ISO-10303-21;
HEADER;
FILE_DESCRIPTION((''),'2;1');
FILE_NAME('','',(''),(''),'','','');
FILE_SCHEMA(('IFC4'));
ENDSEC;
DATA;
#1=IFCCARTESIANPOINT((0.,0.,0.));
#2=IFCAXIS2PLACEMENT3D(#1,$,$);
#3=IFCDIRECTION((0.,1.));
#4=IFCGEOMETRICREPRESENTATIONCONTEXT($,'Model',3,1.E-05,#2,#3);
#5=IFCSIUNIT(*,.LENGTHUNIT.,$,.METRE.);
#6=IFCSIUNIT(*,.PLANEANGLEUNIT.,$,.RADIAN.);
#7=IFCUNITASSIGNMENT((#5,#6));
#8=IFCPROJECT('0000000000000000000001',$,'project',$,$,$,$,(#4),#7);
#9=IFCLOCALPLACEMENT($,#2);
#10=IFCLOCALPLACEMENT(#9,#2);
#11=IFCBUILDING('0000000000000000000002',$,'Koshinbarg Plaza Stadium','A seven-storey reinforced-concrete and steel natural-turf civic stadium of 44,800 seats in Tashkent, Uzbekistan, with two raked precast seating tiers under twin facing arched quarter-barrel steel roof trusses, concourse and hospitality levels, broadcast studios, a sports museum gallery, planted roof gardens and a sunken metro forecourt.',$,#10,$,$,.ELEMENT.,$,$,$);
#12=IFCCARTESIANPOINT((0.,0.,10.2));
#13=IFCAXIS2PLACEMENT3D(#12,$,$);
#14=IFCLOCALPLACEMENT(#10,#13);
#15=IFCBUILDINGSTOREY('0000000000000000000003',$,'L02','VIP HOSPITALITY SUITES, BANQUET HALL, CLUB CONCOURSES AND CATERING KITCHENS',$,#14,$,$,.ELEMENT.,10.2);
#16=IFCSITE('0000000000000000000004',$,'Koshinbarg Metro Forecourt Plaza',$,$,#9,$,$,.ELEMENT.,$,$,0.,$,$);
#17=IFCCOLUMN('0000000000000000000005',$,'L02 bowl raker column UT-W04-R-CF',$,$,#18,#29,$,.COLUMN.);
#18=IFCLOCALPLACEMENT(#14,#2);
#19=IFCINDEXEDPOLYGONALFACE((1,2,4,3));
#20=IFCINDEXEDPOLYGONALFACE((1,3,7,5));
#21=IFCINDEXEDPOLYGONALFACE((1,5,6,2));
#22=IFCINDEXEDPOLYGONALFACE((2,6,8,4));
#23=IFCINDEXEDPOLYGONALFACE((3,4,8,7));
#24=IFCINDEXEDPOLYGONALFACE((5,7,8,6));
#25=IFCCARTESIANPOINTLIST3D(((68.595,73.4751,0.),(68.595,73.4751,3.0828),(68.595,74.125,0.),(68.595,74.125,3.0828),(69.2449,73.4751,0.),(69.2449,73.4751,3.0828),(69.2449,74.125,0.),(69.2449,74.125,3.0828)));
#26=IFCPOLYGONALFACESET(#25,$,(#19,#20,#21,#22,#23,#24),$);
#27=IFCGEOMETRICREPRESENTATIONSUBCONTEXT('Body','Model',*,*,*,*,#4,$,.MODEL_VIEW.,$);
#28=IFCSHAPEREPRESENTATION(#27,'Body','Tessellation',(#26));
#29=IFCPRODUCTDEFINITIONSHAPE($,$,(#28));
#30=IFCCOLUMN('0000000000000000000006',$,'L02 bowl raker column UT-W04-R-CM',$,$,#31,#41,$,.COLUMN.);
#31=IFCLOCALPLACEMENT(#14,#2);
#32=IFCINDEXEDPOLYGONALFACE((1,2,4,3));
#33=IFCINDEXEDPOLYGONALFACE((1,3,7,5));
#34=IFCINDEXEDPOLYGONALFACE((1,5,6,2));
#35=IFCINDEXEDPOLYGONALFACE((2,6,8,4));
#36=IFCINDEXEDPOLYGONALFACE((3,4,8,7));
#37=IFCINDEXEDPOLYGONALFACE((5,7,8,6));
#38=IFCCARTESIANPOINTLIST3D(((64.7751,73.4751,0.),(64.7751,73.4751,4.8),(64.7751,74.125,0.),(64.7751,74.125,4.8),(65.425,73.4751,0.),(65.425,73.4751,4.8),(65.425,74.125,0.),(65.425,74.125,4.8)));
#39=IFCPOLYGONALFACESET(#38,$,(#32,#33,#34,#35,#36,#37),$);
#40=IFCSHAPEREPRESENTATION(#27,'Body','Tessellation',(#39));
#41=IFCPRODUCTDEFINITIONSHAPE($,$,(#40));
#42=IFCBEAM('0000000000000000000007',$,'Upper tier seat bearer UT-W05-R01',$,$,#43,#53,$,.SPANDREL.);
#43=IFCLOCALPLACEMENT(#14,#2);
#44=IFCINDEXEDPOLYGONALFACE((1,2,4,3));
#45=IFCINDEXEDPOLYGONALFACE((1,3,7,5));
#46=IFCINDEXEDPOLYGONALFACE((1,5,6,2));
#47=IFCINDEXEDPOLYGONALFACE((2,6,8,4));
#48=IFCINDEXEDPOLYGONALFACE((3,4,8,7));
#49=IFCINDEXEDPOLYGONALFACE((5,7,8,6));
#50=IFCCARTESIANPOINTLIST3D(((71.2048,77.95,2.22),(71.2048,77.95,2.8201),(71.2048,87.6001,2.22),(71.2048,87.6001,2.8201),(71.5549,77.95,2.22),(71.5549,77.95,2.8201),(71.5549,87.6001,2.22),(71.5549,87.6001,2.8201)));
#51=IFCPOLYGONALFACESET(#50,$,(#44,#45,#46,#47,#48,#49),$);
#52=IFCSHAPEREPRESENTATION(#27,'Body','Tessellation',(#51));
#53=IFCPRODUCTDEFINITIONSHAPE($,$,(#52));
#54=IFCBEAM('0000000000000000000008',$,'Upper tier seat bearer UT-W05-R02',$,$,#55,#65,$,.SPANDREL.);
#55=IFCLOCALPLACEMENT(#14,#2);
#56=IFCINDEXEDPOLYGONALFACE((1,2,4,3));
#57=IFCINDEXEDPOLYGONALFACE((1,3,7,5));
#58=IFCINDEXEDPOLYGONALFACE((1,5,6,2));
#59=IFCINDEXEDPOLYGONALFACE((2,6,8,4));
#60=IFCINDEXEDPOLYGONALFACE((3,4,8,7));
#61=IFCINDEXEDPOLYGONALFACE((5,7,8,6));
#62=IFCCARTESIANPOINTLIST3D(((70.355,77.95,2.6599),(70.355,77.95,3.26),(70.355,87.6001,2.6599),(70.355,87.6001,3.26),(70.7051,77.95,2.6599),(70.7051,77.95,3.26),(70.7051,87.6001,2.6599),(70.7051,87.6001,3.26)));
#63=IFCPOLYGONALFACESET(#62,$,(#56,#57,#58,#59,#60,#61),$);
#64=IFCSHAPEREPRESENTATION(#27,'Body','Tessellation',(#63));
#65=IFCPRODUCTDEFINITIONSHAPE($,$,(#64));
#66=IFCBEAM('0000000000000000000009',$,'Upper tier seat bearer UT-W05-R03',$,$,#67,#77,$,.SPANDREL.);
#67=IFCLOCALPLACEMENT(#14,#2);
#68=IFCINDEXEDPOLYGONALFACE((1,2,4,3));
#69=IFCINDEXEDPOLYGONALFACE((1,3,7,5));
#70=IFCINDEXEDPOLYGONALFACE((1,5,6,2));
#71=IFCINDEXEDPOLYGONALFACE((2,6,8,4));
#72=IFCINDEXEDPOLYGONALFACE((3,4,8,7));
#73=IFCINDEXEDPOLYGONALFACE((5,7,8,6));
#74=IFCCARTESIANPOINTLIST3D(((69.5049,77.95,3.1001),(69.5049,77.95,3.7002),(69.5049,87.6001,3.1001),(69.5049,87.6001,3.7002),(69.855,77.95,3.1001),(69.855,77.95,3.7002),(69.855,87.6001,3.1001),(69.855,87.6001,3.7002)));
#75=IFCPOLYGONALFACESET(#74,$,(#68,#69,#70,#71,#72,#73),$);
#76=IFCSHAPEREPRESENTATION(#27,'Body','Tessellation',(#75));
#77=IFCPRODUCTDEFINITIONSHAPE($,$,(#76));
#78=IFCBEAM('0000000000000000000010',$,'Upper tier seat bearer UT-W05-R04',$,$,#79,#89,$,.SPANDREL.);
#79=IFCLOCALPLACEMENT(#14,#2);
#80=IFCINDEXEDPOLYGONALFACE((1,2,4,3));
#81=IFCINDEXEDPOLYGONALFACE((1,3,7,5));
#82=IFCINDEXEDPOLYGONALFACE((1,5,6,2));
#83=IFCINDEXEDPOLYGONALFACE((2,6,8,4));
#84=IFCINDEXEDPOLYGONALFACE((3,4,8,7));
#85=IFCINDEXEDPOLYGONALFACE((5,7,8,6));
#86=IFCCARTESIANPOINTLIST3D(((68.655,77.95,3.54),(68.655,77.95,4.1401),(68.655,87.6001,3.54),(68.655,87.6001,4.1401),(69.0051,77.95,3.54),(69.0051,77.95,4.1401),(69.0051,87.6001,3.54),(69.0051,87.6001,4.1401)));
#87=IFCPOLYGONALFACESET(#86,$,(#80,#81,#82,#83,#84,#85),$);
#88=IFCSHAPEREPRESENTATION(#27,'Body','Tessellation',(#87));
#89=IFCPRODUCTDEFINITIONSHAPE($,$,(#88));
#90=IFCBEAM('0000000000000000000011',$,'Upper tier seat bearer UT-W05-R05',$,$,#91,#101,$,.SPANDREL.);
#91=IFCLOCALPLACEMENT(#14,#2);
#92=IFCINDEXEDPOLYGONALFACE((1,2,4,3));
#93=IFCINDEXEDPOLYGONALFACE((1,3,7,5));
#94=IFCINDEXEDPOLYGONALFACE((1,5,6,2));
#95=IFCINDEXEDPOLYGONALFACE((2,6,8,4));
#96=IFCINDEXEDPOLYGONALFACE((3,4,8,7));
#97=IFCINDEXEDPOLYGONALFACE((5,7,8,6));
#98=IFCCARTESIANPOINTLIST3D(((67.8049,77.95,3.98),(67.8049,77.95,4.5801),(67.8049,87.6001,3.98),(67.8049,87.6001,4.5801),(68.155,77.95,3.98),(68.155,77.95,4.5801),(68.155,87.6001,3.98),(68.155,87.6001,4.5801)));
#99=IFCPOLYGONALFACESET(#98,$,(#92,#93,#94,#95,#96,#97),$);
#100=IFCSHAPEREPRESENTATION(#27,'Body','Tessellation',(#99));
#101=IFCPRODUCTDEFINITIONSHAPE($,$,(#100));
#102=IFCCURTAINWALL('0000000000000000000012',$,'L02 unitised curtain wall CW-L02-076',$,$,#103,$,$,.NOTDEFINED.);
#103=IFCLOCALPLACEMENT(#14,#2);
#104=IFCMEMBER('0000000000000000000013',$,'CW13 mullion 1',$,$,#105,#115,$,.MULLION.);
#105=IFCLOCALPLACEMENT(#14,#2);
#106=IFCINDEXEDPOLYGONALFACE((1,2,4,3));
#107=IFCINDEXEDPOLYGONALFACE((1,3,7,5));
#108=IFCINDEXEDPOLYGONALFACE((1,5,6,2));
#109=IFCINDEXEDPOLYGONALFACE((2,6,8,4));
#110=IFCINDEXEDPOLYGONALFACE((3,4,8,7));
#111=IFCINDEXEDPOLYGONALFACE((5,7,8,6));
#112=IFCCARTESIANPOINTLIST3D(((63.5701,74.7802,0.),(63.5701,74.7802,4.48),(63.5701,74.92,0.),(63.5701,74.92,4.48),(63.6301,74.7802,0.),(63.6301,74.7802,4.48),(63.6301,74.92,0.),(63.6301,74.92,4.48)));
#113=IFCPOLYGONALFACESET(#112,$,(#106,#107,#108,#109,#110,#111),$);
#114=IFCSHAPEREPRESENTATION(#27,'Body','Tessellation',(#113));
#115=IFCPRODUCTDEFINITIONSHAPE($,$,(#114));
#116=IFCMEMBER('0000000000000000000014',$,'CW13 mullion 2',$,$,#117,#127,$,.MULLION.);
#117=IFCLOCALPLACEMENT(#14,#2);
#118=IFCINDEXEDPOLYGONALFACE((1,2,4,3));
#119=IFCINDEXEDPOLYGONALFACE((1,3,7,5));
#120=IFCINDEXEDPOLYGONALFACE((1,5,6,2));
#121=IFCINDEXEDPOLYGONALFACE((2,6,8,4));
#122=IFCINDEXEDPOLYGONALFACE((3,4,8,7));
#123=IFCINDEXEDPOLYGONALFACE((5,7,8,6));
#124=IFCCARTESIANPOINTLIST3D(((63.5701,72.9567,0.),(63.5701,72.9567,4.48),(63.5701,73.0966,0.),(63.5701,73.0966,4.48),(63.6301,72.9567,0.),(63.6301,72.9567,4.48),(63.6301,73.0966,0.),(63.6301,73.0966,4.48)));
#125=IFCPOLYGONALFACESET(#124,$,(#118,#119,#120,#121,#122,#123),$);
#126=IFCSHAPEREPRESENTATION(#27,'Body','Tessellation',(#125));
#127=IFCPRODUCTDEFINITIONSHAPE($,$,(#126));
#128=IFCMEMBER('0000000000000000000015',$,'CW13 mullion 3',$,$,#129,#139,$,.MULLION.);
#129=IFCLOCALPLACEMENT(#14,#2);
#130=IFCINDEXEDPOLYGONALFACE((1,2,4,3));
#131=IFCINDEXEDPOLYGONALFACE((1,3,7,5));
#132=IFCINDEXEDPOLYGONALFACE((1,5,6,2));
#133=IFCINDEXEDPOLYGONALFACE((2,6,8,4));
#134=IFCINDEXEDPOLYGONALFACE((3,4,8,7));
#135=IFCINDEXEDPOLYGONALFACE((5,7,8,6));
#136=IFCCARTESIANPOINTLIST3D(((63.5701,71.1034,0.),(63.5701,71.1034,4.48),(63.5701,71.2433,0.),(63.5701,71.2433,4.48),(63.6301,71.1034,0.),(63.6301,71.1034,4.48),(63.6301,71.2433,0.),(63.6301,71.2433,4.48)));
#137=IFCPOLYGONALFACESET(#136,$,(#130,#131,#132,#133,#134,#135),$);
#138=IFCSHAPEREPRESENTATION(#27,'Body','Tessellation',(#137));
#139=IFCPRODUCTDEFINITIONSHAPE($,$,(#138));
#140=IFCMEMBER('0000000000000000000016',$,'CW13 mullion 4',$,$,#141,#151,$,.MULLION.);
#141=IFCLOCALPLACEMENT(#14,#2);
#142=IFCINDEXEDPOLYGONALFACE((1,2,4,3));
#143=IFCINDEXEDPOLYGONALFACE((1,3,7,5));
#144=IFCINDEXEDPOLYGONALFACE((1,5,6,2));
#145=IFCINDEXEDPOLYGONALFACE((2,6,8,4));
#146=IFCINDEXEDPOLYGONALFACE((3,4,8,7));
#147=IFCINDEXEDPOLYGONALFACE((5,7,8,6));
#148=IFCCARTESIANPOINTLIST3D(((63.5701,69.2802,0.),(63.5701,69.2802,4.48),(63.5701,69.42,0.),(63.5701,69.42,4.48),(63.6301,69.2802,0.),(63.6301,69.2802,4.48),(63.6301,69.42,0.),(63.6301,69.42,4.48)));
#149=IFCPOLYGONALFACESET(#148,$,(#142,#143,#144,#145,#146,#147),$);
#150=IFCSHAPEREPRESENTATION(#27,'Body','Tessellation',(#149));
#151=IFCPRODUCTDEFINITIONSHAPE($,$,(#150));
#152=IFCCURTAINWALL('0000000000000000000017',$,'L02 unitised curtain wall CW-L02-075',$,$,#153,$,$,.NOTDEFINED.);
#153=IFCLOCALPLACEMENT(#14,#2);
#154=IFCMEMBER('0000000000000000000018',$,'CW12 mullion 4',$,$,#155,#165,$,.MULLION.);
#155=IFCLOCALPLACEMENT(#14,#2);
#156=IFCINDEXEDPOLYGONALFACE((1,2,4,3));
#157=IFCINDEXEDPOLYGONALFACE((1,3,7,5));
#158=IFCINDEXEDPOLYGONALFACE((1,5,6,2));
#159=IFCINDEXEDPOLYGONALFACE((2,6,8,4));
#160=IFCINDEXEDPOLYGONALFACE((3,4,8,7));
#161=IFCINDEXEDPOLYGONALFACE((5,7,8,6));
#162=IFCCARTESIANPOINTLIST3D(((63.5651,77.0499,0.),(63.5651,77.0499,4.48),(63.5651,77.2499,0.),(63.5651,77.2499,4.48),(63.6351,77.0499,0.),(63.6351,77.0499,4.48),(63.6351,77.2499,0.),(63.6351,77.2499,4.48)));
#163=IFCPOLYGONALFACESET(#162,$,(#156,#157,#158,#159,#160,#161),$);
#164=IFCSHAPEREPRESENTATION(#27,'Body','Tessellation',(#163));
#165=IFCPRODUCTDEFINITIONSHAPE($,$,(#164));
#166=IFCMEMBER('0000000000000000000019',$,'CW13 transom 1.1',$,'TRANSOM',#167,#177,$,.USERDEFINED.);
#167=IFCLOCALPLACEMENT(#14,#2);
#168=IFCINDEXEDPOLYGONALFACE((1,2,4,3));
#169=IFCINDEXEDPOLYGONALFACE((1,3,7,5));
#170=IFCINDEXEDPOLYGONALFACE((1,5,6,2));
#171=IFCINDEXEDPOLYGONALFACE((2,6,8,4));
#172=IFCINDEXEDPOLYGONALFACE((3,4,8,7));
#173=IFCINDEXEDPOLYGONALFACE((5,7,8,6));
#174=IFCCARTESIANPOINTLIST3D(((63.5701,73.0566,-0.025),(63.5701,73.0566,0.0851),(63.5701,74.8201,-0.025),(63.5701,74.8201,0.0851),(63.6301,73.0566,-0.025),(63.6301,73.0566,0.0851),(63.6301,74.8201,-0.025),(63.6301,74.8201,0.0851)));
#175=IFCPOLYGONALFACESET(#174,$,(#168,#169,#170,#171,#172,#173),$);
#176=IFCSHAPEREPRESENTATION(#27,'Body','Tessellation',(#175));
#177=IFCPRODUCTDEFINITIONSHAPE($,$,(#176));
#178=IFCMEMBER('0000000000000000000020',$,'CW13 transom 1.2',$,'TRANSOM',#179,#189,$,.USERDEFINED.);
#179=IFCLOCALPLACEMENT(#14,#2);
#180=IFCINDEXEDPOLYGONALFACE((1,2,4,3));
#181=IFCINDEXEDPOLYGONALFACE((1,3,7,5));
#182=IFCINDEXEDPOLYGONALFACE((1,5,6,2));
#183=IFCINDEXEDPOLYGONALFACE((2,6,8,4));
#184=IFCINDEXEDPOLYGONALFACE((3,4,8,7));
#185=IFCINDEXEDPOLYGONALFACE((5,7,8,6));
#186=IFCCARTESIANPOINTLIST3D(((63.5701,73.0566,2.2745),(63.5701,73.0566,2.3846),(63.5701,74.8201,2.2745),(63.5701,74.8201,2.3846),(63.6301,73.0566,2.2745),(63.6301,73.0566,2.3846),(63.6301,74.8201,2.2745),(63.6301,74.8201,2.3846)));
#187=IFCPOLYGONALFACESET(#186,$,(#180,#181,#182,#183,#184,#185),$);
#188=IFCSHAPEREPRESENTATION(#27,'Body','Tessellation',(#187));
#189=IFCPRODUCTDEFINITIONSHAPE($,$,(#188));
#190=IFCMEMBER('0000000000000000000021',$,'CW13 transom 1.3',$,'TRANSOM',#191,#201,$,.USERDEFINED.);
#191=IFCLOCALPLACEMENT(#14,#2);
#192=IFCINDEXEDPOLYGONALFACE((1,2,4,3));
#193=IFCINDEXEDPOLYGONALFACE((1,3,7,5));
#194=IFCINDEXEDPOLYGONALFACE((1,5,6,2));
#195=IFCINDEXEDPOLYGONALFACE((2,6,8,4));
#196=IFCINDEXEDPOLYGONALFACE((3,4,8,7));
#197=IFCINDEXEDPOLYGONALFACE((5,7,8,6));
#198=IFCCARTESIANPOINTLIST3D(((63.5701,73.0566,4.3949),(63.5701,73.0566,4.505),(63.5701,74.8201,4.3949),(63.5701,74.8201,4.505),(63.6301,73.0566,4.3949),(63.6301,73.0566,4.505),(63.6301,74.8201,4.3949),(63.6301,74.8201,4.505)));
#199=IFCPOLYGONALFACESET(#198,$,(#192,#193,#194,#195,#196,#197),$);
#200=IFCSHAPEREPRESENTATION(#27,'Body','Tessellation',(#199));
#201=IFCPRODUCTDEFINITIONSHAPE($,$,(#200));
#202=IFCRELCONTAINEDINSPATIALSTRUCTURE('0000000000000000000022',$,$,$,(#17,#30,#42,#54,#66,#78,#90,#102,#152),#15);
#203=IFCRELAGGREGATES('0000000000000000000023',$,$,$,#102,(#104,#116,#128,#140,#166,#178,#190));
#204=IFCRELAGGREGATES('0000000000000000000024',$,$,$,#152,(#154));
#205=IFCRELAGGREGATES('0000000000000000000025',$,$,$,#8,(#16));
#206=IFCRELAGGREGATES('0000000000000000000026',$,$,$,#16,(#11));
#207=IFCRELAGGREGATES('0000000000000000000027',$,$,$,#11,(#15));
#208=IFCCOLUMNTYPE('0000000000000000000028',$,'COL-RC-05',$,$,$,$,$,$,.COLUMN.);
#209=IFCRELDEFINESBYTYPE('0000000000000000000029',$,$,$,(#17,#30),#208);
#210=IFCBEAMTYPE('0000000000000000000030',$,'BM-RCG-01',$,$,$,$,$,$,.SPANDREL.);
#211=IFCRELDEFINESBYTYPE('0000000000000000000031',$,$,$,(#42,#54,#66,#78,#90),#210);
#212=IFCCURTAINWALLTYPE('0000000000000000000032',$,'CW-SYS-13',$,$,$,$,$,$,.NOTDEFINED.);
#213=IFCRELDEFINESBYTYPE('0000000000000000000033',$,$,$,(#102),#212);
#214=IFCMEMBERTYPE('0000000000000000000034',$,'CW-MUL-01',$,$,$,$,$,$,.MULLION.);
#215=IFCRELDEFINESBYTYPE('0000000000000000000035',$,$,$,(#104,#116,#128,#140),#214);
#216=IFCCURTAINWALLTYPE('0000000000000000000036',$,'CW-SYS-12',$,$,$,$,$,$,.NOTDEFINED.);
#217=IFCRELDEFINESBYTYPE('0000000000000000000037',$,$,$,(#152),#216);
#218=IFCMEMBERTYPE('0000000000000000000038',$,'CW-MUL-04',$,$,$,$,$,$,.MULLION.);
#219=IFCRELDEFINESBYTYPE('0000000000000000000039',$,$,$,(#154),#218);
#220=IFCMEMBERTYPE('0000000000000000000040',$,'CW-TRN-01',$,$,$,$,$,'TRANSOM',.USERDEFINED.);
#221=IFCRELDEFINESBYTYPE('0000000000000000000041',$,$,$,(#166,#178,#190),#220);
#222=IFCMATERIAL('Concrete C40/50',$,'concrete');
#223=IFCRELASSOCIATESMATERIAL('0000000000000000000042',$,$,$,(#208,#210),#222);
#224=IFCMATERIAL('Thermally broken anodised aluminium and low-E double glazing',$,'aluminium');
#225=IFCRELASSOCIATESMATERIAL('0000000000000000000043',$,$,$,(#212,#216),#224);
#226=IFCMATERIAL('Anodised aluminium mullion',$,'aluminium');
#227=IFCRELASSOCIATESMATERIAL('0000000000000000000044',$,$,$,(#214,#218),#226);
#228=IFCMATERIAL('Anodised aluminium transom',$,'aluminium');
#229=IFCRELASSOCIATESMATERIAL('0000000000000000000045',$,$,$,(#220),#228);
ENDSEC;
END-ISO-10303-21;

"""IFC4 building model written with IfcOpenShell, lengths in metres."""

from ifc_helpers import new_model, si_unit, direction, frame, origin, origin_2d, place, context, subcontext, project, spatial, rectangle, extrude, material, material_profile, profile_set, type_object, element, aggregate, save


model = new_model("IFC4")

# Units and contexts
model_context = context("Model", 3, precision=1e-05, world=origin(), true_north=direction((0.0, 1.0)))
body_context = subcontext(model_context, "Body", "Model", "MODEL_VIEW")
ifc_project = project(units=[si_unit("LENGTHUNIT", "METRE"), si_unit("PLANEANGLEUNIT", "RADIAN")], contexts=[model_context])

# Site, building, storey
site_placement = place(None, origin())
site = spatial("IfcSite", under=ifc_project, at=site_placement, Name="Koshinbarg Metro Forecourt Plaza", CompositionType="ELEMENT", RefElevation=0.0)
building_placement = place(site_placement, origin())
building = spatial("IfcBuilding", under=site, at=building_placement, Name="Koshinbarg Plaza Stadium", Description="A seven-storey reinforced-concrete and steel natural-turf civic stadium of 44,800 seats in Tashkent, Uzbekistan, with two raked precast seating tiers under twin facing arched quarter-barrel steel roof trusses, concourse and hospitality levels, broadcast studios, a sports museum gallery, planted roof gardens and a sunken metro forecourt.", CompositionType="ELEMENT")
storey_placement = place(building_placement, frame((0.0, 0.0, 10.2)))
storey = spatial("IfcBuildingStorey", under=building, at=storey_placement, Name="L02", Description="VIP HOSPITALITY SUITES, BANQUET HALL, CLUB CONCOURSES AND CATERING KITCHENS", CompositionType="ELEMENT", Elevation=10.2)

# Columns
ifc_material_1 = material(Name="Concrete C40/50", Category="concrete")
ifc_material_profile_1 = material_profile(ifc_material_1, rectangle(XDim=0.6499, YDim=0.6499, at=origin_2d()), Name="RC 650x650")
ifc_profile_set_1 = profile_set([ifc_material_profile_1], Name="Concrete C40/50")
column_type = type_object("IfcColumnType", Name="COL-RC-05", PredefinedType="COLUMN", material=ifc_profile_set_1)
column_1_placement = place(storey_placement, frame((68.9199, 73.8, 0.0), z_axis=(0.0, 0.0, 1.0), x_axis=(1.0, 0.0, 0.0)))
element("IfcColumn", 1, at=column_1_placement, inside=storey, type_object=column_type, Name="L02 bowl raker column UT-W04-R-CF", PredefinedType="COLUMN", context=body_context, shape_type="SweptSolid", body=[
    extrude(rectangle(XDim=0.6499, YDim=0.6499, at=origin_2d()), origin(), (0.0, 0.0, 1.0), 3.0828),
])
column_2_placement = place(storey_placement, frame((65.1001, 73.8, 0.0), z_axis=(0.0, 0.0, 1.0), x_axis=(1.0, 0.0, 0.0)))
element("IfcColumn", 2, at=column_2_placement, inside=storey, type_object=column_type, Name="L02 bowl raker column UT-W04-R-CM", PredefinedType="COLUMN", context=body_context, shape_type="SweptSolid", body=[
    extrude(rectangle(XDim=0.6499, YDim=0.6499, at=origin_2d()), origin(), (0.0, 0.0, 1.0), 4.8),
])

# Beams
ifc_material_profile_2 = material_profile(ifc_material_1, rectangle(XDim=0.3501, YDim=0.6001, at=origin_2d()), Name="RC 350x600")
ifc_profile_set_2 = profile_set([ifc_material_profile_2], Name="Concrete C40/50")
beam_type = type_object("IfcBeamType", Name="BM-RCG-01", PredefinedType="SPANDREL", material=ifc_profile_set_2)
for number, where, z_axis, x_axis, name in (
    (3, (71.3799, 77.95, 2.52), (0.0, 1.0, 0.0), (-1.0, 0.0, 0.0), "Upper tier seat bearer UT-W05-R01"),
    (4, (70.53, 77.95, 2.96), (0.0, 1.0, 0.0), (-1.0, 0.0, 0.0), "Upper tier seat bearer UT-W05-R02"),
    (5, (69.6799, 77.95, 3.4001), (0.0, 1.0, 0.0), (-1.0, 0.0, 0.0), "Upper tier seat bearer UT-W05-R03"),
    (6, (68.8301, 77.95, 3.8401), (0.0, 1.0, 0.0), (-1.0, 0.0, 0.0), "Upper tier seat bearer UT-W05-R04"),
    (7, (67.98, 77.95, 4.28), (0.0, 1.0, 0.0), (-1.0, 0.0, 0.0), "Upper tier seat bearer UT-W05-R05"),
):
    element("IfcBeam", number, at=place(storey_placement, frame(where, z_axis=z_axis, x_axis=x_axis)), inside=storey, type_object=beam_type, Name=name, PredefinedType="SPANDREL", context=body_context, shape_type="SweptSolid", body=[
        extrude(rectangle(XDim=0.3501, YDim=0.6001, at=origin_2d()), origin(), (0.0, 0.0, 1.0), 9.6501),
    ])

# Curtain wall, members
ifc_material_2 = material(Name="Thermally broken anodised aluminium and low-E double glazing", Category="aluminium")
curtain_wall_type_1 = type_object("IfcCurtainWallType", Name="CW-SYS-13", PredefinedType="NOTDEFINED", material=ifc_material_2)
curtain_wall_1_placement = place(storey_placement, origin())
curtain_wall_1 = element("IfcCurtainWall", 8, at=curtain_wall_1_placement, inside=storey, type_object=curtain_wall_type_1, Name="L02 unitised curtain wall CW-L02-076", PredefinedType="NOTDEFINED")
ifc_material_3 = material(Name="Anodised aluminium mullion", Category="aluminium")
ifc_material_profile_3 = material_profile(ifc_material_3, rectangle(XDim=0.0601, YDim=0.1399, at=origin_2d()), Name="ALU 60x140")
ifc_profile_set_3 = profile_set([ifc_material_profile_3], Name="Anodised aluminium mullion")
member_type_1 = type_object("IfcMemberType", Name="CW-MUL-01", PredefinedType="MULLION", material=ifc_profile_set_3)
member_1_placement = place(storey_placement, frame((63.6001, 74.8501, 0.0), z_axis=(0.0, 0.0, 1.0), x_axis=(1.0, 0.0, 0.0)))
member_1 = element("IfcMember", 9, at=member_1_placement, type_object=member_type_1, Name="CW13 mullion 1", PredefinedType="MULLION", context=body_context, shape_type="SweptSolid", body=[
    extrude(rectangle(XDim=0.0601, YDim=0.1399, at=origin_2d()), origin(), (0.0, 0.0, 1.0), 4.48),
])
member_2_placement = place(storey_placement, frame((63.6001, 73.0266, 0.0), z_axis=(0.0, 0.0, 1.0), x_axis=(1.0, 0.0, 0.0)))
member_2 = element("IfcMember", 10, at=member_2_placement, type_object=member_type_1, Name="CW13 mullion 2", PredefinedType="MULLION", context=body_context, shape_type="SweptSolid", body=[
    extrude(rectangle(XDim=0.0601, YDim=0.1399, at=origin_2d()), origin(), (0.0, 0.0, 1.0), 4.48),
])
member_3_placement = place(storey_placement, frame((63.6001, 71.1733, 0.0), z_axis=(0.0, 0.0, 1.0), x_axis=(1.0, 0.0, 0.0)))
member_3 = element("IfcMember", 11, at=member_3_placement, type_object=member_type_1, Name="CW13 mullion 3", PredefinedType="MULLION", context=body_context, shape_type="SweptSolid", body=[
    extrude(rectangle(XDim=0.0601, YDim=0.1399, at=origin_2d()), origin(), (0.0, 0.0, 1.0), 4.48),
])
member_4_placement = place(storey_placement, frame((63.6001, 69.3501, 0.0), z_axis=(0.0, 0.0, 1.0), x_axis=(1.0, 0.0, 0.0)))
member_4 = element("IfcMember", 12, at=member_4_placement, type_object=member_type_1, Name="CW13 mullion 4", PredefinedType="MULLION", context=body_context, shape_type="SweptSolid", body=[
    extrude(rectangle(XDim=0.0601, YDim=0.1399, at=origin_2d()), origin(), (0.0, 0.0, 1.0), 4.48),
])

# Curtain wall, member
curtain_wall_type_2 = type_object("IfcCurtainWallType", Name="CW-SYS-12", PredefinedType="NOTDEFINED", material=ifc_material_2)
curtain_wall_2_placement = place(storey_placement, origin())
curtain_wall_2 = element("IfcCurtainWall", 13, at=curtain_wall_2_placement, inside=storey, type_object=curtain_wall_type_2, Name="L02 unitised curtain wall CW-L02-075", PredefinedType="NOTDEFINED")
ifc_material_profile_4 = material_profile(ifc_material_3, rectangle(XDim=0.0701, YDim=0.2, at=origin_2d()), Name="ALU 70x200")
ifc_profile_set_4 = profile_set([ifc_material_profile_4], Name="Anodised aluminium mullion")
member_type_2 = type_object("IfcMemberType", Name="CW-MUL-04", PredefinedType="MULLION", material=ifc_profile_set_4)
member_5_placement = place(storey_placement, frame((63.6001, 77.1499, 0.0), z_axis=(0.0, 0.0, 1.0), x_axis=(1.0, 0.0, 0.0)))
member_5 = element("IfcMember", 14, at=member_5_placement, type_object=member_type_2, Name="CW12 mullion 4", PredefinedType="MULLION", context=body_context, shape_type="SweptSolid", body=[
    extrude(rectangle(XDim=0.0701, YDim=0.2, at=origin_2d()), origin(), (0.0, 0.0, 1.0), 4.48),
])

# Members
ifc_material_4 = material(Name="Anodised aluminium transom", Category="aluminium")
ifc_material_profile_5 = material_profile(ifc_material_4, rectangle(XDim=0.0601, YDim=0.1101, at=origin_2d()), Name="ALU 60x110")
ifc_profile_set_5 = profile_set([ifc_material_profile_5], Name="Anodised aluminium transom")
member_type_3 = type_object("IfcMemberType", Name="CW-TRN-01", ElementType="TRANSOM", PredefinedType="USERDEFINED", material=ifc_profile_set_5)
member_6_placement = place(storey_placement, frame((63.6001, 74.8201, 0.03), z_axis=(0.0, -1.0, 0.0), x_axis=(1.0, 0.0, 0.0)))
member_6 = element("IfcMember", 15, at=member_6_placement, type_object=member_type_3, Name="CW13 transom 1.1", ObjectType="TRANSOM", PredefinedType="USERDEFINED", context=body_context, shape_type="SweptSolid", body=[
    extrude(rectangle(XDim=0.0601, YDim=0.1101, at=origin_2d()), origin(), (0.0, 0.0, 1.0), 1.7634),
])
member_7_placement = place(storey_placement, frame((63.6001, 74.8201, 2.3296), z_axis=(0.0, -1.0, 0.0), x_axis=(1.0, 0.0, 0.0)))
member_7 = element("IfcMember", 16, at=member_7_placement, type_object=member_type_3, Name="CW13 transom 1.2", ObjectType="TRANSOM", PredefinedType="USERDEFINED", context=body_context, shape_type="SweptSolid", body=[
    extrude(rectangle(XDim=0.0601, YDim=0.1101, at=origin_2d()), origin(), (0.0, 0.0, 1.0), 1.7634),
])
member_8_placement = place(storey_placement, frame((63.6001, 74.8201, 4.45), z_axis=(0.0, -1.0, 0.0), x_axis=(1.0, 0.0, 0.0)))
member_8 = element("IfcMember", 17, at=member_8_placement, type_object=member_type_3, Name="CW13 transom 1.3", ObjectType="TRANSOM", PredefinedType="USERDEFINED", context=body_context, shape_type="SweptSolid", body=[
    extrude(rectangle(XDim=0.0601, YDim=0.1101, at=origin_2d()), origin(), (0.0, 0.0, 1.0), 1.7634),
])

aggregate(curtain_wall_1, [member_1, member_2, member_3, member_4, member_6, member_7, member_8])
aggregate(curtain_wall_2, [member_5])

save(model, "model.ifc")
